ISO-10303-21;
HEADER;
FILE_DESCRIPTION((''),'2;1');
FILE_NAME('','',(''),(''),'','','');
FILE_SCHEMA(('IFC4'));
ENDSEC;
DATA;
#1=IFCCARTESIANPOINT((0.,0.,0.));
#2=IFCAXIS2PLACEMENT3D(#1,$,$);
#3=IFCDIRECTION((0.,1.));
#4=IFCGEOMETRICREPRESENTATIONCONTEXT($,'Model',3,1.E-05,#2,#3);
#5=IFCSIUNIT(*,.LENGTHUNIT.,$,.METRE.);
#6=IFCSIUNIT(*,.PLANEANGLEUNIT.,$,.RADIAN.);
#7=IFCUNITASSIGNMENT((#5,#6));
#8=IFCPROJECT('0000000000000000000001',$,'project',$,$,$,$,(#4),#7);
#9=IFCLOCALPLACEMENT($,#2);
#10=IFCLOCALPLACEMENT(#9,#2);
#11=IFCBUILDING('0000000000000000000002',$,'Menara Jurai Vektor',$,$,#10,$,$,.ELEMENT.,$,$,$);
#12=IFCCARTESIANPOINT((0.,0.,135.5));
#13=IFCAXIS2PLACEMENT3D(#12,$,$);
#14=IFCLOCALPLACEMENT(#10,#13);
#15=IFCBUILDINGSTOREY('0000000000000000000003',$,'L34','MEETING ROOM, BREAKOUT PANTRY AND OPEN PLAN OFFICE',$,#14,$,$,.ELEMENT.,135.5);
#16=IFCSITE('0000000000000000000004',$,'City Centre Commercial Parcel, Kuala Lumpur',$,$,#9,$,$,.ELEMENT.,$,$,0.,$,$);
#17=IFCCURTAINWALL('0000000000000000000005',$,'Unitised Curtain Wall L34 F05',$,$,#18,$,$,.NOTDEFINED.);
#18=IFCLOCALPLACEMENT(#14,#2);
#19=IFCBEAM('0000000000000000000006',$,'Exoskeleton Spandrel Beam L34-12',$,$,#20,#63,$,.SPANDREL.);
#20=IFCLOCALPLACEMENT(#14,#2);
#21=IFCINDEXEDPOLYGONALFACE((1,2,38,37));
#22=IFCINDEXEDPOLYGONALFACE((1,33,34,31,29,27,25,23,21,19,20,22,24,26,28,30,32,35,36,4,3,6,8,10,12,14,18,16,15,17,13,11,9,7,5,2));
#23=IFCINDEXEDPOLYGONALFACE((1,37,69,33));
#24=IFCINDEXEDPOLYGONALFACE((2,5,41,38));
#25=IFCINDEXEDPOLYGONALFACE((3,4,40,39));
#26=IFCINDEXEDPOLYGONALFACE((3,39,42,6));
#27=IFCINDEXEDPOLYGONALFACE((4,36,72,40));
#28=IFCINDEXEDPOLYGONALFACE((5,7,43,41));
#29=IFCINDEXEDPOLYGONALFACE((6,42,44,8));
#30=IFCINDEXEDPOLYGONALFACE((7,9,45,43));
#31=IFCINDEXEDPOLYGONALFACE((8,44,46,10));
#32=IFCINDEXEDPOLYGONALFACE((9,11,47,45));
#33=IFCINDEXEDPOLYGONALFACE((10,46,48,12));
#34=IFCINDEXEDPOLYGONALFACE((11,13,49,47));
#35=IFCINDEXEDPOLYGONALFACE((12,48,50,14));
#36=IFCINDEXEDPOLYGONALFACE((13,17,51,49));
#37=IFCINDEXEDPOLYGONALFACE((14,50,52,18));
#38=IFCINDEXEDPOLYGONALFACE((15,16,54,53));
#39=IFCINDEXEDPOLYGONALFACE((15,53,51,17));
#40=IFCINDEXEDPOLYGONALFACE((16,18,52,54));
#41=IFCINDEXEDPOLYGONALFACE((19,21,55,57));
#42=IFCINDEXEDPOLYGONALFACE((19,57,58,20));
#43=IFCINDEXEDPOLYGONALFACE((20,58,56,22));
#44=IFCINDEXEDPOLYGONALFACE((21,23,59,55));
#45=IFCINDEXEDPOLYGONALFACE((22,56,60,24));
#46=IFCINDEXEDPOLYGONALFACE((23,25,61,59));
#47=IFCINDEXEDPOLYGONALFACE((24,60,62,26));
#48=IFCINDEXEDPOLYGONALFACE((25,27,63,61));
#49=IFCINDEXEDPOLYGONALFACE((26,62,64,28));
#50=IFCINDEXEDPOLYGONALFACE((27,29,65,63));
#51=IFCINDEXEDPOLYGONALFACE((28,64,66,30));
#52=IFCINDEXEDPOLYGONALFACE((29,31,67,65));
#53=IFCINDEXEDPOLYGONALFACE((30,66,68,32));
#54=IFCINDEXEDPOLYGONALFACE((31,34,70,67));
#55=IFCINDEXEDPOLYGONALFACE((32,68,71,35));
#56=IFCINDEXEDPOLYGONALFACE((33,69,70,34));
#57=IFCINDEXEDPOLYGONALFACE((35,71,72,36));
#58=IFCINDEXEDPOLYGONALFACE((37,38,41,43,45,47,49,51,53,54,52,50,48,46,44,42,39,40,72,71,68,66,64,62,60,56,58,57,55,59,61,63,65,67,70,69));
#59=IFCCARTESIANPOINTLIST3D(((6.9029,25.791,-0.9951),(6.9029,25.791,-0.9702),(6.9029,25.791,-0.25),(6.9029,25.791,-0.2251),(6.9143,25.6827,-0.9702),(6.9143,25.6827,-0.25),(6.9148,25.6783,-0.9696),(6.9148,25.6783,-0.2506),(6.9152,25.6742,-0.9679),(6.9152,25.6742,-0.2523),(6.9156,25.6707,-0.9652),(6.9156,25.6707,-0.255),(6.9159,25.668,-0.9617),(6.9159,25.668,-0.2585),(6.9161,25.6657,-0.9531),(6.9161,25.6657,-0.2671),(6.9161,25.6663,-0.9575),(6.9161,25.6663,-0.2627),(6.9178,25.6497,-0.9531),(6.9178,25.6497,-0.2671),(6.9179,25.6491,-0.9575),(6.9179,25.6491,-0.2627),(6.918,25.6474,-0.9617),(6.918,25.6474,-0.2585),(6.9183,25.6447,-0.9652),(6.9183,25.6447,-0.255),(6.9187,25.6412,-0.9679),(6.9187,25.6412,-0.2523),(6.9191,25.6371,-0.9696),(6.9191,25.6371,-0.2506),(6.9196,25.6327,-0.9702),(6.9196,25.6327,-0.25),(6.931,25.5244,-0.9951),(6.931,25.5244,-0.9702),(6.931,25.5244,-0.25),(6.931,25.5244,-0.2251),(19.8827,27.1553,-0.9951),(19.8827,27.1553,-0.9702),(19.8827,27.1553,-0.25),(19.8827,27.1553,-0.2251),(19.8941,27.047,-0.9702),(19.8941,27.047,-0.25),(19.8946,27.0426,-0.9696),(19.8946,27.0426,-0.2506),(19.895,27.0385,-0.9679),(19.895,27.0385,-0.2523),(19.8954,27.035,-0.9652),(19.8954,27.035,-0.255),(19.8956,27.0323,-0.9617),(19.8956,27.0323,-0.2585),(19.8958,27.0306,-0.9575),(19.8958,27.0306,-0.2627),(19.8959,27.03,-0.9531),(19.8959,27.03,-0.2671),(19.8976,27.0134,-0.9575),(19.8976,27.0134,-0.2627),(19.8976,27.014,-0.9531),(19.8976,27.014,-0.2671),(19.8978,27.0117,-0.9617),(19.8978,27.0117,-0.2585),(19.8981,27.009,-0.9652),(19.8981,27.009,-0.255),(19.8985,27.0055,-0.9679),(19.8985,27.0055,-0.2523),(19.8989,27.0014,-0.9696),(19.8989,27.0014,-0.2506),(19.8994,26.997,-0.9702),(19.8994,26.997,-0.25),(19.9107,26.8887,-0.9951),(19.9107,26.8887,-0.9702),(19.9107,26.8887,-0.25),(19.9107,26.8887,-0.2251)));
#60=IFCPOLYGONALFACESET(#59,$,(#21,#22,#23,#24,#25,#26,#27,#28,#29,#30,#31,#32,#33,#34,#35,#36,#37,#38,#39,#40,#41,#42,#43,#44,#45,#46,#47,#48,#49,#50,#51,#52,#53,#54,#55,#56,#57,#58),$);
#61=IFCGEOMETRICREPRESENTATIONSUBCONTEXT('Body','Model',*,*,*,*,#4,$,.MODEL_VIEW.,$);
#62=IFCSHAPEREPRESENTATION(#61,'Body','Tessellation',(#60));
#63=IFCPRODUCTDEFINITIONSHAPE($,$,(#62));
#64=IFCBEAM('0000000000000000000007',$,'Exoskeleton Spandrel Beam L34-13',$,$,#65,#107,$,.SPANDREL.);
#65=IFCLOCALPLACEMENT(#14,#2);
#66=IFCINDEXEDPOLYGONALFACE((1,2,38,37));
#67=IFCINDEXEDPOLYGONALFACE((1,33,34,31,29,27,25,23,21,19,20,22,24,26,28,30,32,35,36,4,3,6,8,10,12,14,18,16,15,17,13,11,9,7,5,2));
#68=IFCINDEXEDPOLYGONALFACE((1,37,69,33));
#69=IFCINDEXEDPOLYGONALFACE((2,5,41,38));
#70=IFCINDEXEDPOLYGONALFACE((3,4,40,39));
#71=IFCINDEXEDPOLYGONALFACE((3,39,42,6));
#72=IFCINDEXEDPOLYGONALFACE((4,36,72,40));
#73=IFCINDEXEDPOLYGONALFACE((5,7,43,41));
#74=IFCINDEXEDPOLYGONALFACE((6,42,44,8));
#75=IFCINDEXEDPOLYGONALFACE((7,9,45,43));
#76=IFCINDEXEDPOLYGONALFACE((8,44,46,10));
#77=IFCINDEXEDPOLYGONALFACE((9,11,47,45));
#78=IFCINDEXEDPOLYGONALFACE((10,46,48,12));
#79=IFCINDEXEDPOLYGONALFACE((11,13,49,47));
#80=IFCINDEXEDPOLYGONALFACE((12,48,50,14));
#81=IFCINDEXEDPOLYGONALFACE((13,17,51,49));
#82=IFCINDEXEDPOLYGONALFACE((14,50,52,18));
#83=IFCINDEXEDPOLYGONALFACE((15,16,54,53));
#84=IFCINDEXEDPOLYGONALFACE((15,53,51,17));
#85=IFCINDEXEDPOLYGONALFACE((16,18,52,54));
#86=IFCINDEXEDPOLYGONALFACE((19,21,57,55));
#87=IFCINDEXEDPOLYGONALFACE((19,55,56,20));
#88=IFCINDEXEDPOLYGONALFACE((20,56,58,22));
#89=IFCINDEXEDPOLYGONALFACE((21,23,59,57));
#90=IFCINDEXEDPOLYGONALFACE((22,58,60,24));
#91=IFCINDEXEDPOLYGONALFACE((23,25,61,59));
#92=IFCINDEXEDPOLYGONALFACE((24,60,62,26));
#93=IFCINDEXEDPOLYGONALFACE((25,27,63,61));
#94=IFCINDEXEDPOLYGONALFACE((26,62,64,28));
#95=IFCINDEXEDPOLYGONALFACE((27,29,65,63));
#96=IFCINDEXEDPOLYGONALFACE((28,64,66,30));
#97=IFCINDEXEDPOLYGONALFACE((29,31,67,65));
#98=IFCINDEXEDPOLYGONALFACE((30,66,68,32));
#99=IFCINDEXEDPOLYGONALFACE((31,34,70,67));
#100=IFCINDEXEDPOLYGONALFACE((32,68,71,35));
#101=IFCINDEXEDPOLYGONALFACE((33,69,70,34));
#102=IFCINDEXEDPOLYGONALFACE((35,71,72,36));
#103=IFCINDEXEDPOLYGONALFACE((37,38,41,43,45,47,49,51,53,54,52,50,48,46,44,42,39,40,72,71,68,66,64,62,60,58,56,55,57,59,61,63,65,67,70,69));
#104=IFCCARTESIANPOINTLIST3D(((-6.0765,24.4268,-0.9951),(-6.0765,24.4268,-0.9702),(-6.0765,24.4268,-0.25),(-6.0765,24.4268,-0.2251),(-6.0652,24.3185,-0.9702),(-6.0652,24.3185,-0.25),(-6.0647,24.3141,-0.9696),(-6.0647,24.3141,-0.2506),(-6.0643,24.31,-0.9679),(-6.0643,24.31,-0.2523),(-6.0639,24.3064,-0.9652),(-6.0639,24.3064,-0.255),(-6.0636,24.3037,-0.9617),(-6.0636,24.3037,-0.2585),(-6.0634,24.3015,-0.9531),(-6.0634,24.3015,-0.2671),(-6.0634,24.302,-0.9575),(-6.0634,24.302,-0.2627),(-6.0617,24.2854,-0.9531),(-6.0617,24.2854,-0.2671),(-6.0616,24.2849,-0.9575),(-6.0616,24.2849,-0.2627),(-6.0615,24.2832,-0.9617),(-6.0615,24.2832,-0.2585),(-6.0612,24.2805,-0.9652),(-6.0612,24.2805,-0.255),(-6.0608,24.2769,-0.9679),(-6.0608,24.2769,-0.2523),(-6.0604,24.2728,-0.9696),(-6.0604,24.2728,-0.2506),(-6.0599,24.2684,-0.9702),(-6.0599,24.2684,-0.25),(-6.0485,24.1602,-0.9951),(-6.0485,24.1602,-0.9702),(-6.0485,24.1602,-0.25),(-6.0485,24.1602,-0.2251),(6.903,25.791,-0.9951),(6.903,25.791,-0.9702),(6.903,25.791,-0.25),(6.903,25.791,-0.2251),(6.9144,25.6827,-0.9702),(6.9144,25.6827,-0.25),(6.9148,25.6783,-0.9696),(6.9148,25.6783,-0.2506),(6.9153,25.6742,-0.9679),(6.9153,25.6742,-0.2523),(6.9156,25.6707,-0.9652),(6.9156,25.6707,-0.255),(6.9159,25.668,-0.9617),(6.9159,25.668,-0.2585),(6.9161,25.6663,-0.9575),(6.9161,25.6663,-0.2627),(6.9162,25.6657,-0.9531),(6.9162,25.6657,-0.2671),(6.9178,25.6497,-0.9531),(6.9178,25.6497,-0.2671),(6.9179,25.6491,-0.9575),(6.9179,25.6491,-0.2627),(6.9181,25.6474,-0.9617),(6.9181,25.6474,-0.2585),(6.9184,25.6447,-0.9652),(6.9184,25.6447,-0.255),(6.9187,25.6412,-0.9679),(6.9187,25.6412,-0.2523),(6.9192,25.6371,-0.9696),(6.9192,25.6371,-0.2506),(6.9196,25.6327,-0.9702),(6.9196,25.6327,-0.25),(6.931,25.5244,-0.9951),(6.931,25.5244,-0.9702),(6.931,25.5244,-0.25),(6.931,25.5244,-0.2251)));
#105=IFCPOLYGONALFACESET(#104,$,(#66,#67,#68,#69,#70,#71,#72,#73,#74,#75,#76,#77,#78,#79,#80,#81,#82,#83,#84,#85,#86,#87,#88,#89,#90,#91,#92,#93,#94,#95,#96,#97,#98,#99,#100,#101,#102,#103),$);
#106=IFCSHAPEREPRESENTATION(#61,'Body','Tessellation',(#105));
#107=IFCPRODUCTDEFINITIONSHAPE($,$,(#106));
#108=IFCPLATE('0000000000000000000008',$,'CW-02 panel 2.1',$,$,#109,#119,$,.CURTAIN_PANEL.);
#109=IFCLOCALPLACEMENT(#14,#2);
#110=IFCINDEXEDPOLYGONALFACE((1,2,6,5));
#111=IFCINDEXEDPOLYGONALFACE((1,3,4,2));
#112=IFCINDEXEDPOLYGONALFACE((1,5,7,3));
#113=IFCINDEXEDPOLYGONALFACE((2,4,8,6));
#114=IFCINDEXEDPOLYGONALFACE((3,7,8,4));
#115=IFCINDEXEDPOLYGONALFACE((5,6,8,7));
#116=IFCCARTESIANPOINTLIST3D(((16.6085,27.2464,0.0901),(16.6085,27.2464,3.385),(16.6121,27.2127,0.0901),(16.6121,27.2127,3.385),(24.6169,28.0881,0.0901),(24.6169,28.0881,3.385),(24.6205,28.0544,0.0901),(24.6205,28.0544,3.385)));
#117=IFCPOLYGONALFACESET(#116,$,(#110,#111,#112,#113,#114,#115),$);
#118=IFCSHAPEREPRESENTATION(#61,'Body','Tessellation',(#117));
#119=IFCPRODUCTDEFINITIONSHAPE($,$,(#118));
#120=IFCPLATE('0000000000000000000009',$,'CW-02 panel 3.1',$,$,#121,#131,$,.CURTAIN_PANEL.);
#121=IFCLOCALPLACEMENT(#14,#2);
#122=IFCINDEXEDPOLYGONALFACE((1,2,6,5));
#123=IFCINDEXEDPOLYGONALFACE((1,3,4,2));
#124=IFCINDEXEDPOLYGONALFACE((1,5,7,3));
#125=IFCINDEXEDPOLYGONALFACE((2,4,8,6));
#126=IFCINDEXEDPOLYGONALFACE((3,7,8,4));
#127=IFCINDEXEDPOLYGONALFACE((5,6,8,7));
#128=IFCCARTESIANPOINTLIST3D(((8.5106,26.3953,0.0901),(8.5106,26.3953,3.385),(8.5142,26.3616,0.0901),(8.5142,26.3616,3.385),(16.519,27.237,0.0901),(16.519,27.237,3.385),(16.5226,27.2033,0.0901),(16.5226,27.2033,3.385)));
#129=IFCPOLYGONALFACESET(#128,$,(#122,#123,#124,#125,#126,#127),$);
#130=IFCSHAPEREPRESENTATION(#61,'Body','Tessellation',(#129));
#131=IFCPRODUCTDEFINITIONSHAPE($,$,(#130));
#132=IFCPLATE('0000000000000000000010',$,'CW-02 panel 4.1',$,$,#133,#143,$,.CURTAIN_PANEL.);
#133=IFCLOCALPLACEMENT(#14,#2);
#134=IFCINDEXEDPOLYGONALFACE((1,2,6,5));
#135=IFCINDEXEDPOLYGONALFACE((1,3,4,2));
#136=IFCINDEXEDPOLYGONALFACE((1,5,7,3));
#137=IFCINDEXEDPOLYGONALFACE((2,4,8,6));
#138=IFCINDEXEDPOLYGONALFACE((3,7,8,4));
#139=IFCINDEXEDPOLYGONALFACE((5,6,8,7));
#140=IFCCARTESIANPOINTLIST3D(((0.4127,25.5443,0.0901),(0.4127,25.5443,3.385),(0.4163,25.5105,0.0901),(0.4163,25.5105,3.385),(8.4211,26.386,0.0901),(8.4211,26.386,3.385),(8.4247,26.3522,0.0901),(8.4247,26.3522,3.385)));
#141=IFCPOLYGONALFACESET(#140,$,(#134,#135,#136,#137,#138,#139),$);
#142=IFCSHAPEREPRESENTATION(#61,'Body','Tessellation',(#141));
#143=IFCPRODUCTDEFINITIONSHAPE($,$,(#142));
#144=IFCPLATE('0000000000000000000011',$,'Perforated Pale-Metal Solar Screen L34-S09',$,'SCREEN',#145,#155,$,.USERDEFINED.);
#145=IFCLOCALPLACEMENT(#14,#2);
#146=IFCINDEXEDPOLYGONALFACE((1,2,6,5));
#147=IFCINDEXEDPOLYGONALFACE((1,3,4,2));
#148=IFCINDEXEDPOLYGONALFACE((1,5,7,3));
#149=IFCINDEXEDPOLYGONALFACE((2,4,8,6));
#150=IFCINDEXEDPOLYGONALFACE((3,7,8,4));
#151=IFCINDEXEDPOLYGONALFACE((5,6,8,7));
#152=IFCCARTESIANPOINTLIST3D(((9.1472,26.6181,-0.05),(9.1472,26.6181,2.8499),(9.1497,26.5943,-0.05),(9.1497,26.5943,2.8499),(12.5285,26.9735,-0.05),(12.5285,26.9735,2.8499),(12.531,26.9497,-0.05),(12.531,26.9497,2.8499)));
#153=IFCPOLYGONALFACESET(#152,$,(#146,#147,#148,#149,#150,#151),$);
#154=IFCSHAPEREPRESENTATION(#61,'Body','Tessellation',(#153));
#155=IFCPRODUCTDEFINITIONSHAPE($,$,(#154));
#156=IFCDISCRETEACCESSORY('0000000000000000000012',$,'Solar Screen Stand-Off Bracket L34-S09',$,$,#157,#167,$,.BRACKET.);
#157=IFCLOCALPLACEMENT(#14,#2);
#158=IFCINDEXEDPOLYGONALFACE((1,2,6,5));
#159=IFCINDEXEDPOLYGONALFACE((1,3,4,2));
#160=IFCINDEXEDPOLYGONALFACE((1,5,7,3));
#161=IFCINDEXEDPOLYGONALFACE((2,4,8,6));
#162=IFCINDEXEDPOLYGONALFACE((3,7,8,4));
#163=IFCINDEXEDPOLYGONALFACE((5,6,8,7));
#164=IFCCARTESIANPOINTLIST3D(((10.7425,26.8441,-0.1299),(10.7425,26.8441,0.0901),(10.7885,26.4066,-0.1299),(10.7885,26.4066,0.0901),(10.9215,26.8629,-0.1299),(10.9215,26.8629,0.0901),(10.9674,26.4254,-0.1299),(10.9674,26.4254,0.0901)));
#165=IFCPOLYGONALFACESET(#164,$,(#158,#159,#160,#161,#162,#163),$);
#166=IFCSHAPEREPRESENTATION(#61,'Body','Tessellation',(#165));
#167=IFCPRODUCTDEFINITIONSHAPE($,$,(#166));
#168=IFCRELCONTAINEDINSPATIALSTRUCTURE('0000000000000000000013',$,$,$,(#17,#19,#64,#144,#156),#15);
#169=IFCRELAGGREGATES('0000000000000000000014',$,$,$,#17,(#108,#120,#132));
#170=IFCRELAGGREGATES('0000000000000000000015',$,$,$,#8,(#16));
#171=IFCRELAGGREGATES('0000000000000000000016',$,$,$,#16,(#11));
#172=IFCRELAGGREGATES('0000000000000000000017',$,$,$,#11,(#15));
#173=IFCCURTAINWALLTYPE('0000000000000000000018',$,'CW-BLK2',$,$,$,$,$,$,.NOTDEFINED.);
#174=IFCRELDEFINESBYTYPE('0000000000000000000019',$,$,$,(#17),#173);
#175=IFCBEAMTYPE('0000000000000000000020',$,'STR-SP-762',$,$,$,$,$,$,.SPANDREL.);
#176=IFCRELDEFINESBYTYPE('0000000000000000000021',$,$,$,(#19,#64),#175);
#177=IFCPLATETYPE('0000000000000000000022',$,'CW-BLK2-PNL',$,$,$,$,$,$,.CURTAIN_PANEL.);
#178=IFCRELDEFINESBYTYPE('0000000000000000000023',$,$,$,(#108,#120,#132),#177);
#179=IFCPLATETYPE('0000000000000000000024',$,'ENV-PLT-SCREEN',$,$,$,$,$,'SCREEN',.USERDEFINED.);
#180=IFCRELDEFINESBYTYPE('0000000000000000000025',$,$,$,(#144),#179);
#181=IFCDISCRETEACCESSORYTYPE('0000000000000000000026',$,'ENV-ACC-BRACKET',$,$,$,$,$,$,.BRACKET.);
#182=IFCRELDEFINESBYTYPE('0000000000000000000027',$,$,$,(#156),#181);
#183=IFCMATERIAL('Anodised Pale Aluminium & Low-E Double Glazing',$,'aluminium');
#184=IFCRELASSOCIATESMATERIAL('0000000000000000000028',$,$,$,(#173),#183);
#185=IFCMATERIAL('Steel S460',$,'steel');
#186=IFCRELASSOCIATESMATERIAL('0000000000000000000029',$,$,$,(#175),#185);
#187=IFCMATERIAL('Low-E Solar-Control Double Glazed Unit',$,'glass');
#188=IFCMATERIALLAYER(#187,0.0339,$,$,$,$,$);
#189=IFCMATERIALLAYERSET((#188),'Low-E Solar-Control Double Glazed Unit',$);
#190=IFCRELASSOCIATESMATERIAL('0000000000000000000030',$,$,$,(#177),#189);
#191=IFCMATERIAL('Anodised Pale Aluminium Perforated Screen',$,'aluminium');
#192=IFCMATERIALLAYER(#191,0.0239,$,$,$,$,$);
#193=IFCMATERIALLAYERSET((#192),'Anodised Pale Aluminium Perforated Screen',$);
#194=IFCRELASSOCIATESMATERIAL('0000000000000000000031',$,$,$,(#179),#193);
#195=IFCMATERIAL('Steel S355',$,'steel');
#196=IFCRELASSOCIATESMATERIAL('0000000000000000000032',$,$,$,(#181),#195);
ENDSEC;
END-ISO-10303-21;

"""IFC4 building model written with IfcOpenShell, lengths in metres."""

from ifc_helpers import new_model, si_unit, direction, frame, origin, origin_2d, place, context, subcontext, project, spatial, rectangle, i_section, extrude, material, layer, layer_set, material_profile, profile_set, type_object, element, aggregate, save


model = new_model("IFC4")

# Units and contexts
model_context = context("Model", 3, precision=1e-05, world=origin(), true_north=direction((0.0, 1.0)))
body_context = subcontext(model_context, "Body", "Model", "MODEL_VIEW")
ifc_project = project(units=[si_unit("LENGTHUNIT", "METRE"), si_unit("PLANEANGLEUNIT", "RADIAN")], contexts=[model_context])

# Site, building, storey
site_placement = place(None, origin())
site = spatial("IfcSite", under=ifc_project, at=site_placement, Name="City Centre Commercial Parcel, Kuala Lumpur", CompositionType="ELEMENT", RefElevation=0.0)
building_placement = place(site_placement, origin())
building = spatial("IfcBuilding", under=site, at=building_placement, Name="Menara Jurai Vektor", CompositionType="ELEMENT")
storey_placement = place(building_placement, frame((0.0, 0.0, 135.5)))
storey = spatial("IfcBuildingStorey", under=building, at=storey_placement, Name="L34", Description="MEETING ROOM, BREAKOUT PANTRY AND OPEN PLAN OFFICE", CompositionType="ELEMENT", Elevation=135.5)

# Shared definitions
ifc_material_1 = material(Name="Steel S460", Category="steel")

# Curtain wall
ifc_material_2 = material(Name="Anodised Pale Aluminium & Low-E Double Glazing", Category="aluminium")
curtain_wall_type = type_object("IfcCurtainWallType", Name="CW-BLK2", PredefinedType="NOTDEFINED", material=ifc_material_2)
curtain_wall_placement = place(storey_placement, origin())
curtain_wall = element("IfcCurtainWall", 1, at=curtain_wall_placement, inside=storey, type_object=curtain_wall_type, Name="Unitised Curtain Wall L34 F05", PredefinedType="NOTDEFINED")

# Beams
ifc_material_3 = material(Name="Steel S355", Category="steel")
ifc_material_profile_1 = material_profile(ifc_material_1, i_section(OverallWidth=0.2681, OverallDepth=0.77, WebThickness=0.0161, FlangeThickness=0.0249, FilletRadius=0.0171, at=origin_2d()), Name="UKB 762x267x197")
ifc_profile_set_1 = profile_set([ifc_material_profile_1], Name="Steel S460")
beam_type_1 = type_object("IfcBeamType", Name="STR-SP-762", PredefinedType="SPANDREL", material=ifc_profile_set_1)
beam_1_placement = place(storey_placement, frame((19.8967, 27.022, -0.6101), z_axis=(-0.994522, -0.104531, 0.0), x_axis=(0.104531, -0.994522, 0.0)))
element("IfcBeam", 2, at=beam_1_placement, inside=storey, type_object=beam_type_1, Name="Exoskeleton Spandrel Beam L34-12", PredefinedType="SPANDREL", context=body_context, shape_type="SweptSolid", body=[
    extrude(i_section(OverallWidth=0.2681, OverallDepth=0.77, WebThickness=0.0161, FlangeThickness=0.0249, FilletRadius=0.0171, at=origin_2d()), origin(), (0.0, 0.0, 1.0), 13.0513),
])
beam_2_placement = place(storey_placement, frame((6.917, 25.6577, -0.6101), z_axis=(-0.994521, -0.104533, 0.0), x_axis=(0.104533, -0.994521, 0.0)))
element("IfcBeam", 3, at=beam_2_placement, inside=storey, type_object=beam_type_1, Name="Exoskeleton Spandrel Beam L34-13", PredefinedType="SPANDREL", context=body_context, shape_type="SweptSolid", body=[
    extrude(i_section(OverallWidth=0.2681, OverallDepth=0.77, WebThickness=0.0161, FlangeThickness=0.0249, FilletRadius=0.0171, at=origin_2d()), origin(), (0.0, 0.0, 1.0), 13.051),
])

# Plates
ifc_material_4 = material(Name="Low-E Solar-Control Double Glazed Unit", Category="glass")
ifc_layer_1 = layer(ifc_material_4, 0.0339)
ifc_layer_set_1 = layer_set([ifc_layer_1], Name="Low-E Solar-Control Double Glazed Unit")
plate_type_1 = type_object("IfcPlateType", Name="CW-BLK2-PNL", PredefinedType="CURTAIN_PANEL", material=ifc_layer_set_1)
plate_1_placement = place(storey_placement, frame((20.6145, 27.6504, 0.0901), z_axis=(0.0, 0.0, 1.0), x_axis=(-0.994522, -0.104529, 0.0)))
plate_1 = element("IfcPlate", 4, at=plate_1_placement, type_object=plate_type_1, Name="CW-02 panel 2.1", PredefinedType="CURTAIN_PANEL", context=body_context, shape_type="SweptSolid", body=[
    extrude(rectangle(XDim=8.0525, YDim=0.0339, at=origin_2d()), origin(), (0.0, 0.0, 1.0), 3.2949),
])
plate_2_placement = place(storey_placement, frame((12.5166, 26.7993, 0.0901), z_axis=(0.0, 0.0, 1.0), x_axis=(-0.994522, -0.104529, 0.0)))
plate_2 = element("IfcPlate", 5, at=plate_2_placement, type_object=plate_type_1, Name="CW-02 panel 3.1", PredefinedType="CURTAIN_PANEL", context=body_context, shape_type="SweptSolid", body=[
    extrude(rectangle(XDim=8.0525, YDim=0.0339, at=origin_2d()), origin(), (0.0, 0.0, 1.0), 3.2949),
])
plate_3_placement = place(storey_placement, frame((4.4187, 25.9482, 0.0901), z_axis=(0.0, 0.0, 1.0), x_axis=(-0.994522, -0.104529, 0.0)))
plate_3 = element("IfcPlate", 6, at=plate_3_placement, type_object=plate_type_1, Name="CW-02 panel 4.1", PredefinedType="CURTAIN_PANEL", context=body_context, shape_type="SweptSolid", body=[
    extrude(rectangle(XDim=8.0525, YDim=0.0339, at=origin_2d()), origin(), (0.0, 0.0, 1.0), 3.2949),
])
aggregate(curtain_wall, [plate_1, plate_2, plate_3])
ifc_material_5 = material(Name="Anodised Pale Aluminium Perforated Screen", Category="aluminium")
ifc_layer_2 = layer(ifc_material_5, 0.0239)
ifc_layer_set_2 = layer_set([ifc_layer_2], Name="Anodised Pale Aluminium Perforated Screen")
plate_type_2 = type_object("IfcPlateType", Name="ENV-PLT-SCREEN", ElementType="SCREEN", PredefinedType="USERDEFINED", material=ifc_layer_set_2)
plate_4_placement = place(storey_placement, frame((10.8391, 26.7839, -0.05), z_axis=(0.0, 0.0, 1.0), x_axis=(-0.994522, -0.104528, 0.0)))
element("IfcPlate", 7, at=plate_4_placement, inside=storey, type_object=plate_type_2, Name="Perforated Pale-Metal Solar Screen L34-S09", ObjectType="SCREEN", PredefinedType="USERDEFINED", context=body_context, shape_type="SweptSolid", body=[
    extrude(rectangle(XDim=3.3999, YDim=0.0239, at=origin_2d()), origin(), (0.0, 0.0, 1.0), 2.8999),
])

# Discrete accessory
discrete_accessory_type = type_object("IfcDiscreteAccessoryType", Name="ENV-ACC-BRACKET", PredefinedType="BRACKET", material=ifc_material_3)
discrete_accessory_placement = place(storey_placement, frame((10.855, 26.6348, -0.1299), z_axis=(0.0, 0.0, 1.0), x_axis=(-0.994522, -0.104528, 0.0)))
element("IfcDiscreteAccessory", 8, at=discrete_accessory_placement, inside=storey, type_object=discrete_accessory_type, Name="Solar Screen Stand-Off Bracket L34-S09", PredefinedType="BRACKET", context=body_context, shape_type="SweptSolid", body=[
    extrude(rectangle(XDim=0.1799, YDim=0.4399, at=origin_2d()), origin(), (0.0, 0.0, 1.0), 0.22),
])

save(model, "model.ifc")
